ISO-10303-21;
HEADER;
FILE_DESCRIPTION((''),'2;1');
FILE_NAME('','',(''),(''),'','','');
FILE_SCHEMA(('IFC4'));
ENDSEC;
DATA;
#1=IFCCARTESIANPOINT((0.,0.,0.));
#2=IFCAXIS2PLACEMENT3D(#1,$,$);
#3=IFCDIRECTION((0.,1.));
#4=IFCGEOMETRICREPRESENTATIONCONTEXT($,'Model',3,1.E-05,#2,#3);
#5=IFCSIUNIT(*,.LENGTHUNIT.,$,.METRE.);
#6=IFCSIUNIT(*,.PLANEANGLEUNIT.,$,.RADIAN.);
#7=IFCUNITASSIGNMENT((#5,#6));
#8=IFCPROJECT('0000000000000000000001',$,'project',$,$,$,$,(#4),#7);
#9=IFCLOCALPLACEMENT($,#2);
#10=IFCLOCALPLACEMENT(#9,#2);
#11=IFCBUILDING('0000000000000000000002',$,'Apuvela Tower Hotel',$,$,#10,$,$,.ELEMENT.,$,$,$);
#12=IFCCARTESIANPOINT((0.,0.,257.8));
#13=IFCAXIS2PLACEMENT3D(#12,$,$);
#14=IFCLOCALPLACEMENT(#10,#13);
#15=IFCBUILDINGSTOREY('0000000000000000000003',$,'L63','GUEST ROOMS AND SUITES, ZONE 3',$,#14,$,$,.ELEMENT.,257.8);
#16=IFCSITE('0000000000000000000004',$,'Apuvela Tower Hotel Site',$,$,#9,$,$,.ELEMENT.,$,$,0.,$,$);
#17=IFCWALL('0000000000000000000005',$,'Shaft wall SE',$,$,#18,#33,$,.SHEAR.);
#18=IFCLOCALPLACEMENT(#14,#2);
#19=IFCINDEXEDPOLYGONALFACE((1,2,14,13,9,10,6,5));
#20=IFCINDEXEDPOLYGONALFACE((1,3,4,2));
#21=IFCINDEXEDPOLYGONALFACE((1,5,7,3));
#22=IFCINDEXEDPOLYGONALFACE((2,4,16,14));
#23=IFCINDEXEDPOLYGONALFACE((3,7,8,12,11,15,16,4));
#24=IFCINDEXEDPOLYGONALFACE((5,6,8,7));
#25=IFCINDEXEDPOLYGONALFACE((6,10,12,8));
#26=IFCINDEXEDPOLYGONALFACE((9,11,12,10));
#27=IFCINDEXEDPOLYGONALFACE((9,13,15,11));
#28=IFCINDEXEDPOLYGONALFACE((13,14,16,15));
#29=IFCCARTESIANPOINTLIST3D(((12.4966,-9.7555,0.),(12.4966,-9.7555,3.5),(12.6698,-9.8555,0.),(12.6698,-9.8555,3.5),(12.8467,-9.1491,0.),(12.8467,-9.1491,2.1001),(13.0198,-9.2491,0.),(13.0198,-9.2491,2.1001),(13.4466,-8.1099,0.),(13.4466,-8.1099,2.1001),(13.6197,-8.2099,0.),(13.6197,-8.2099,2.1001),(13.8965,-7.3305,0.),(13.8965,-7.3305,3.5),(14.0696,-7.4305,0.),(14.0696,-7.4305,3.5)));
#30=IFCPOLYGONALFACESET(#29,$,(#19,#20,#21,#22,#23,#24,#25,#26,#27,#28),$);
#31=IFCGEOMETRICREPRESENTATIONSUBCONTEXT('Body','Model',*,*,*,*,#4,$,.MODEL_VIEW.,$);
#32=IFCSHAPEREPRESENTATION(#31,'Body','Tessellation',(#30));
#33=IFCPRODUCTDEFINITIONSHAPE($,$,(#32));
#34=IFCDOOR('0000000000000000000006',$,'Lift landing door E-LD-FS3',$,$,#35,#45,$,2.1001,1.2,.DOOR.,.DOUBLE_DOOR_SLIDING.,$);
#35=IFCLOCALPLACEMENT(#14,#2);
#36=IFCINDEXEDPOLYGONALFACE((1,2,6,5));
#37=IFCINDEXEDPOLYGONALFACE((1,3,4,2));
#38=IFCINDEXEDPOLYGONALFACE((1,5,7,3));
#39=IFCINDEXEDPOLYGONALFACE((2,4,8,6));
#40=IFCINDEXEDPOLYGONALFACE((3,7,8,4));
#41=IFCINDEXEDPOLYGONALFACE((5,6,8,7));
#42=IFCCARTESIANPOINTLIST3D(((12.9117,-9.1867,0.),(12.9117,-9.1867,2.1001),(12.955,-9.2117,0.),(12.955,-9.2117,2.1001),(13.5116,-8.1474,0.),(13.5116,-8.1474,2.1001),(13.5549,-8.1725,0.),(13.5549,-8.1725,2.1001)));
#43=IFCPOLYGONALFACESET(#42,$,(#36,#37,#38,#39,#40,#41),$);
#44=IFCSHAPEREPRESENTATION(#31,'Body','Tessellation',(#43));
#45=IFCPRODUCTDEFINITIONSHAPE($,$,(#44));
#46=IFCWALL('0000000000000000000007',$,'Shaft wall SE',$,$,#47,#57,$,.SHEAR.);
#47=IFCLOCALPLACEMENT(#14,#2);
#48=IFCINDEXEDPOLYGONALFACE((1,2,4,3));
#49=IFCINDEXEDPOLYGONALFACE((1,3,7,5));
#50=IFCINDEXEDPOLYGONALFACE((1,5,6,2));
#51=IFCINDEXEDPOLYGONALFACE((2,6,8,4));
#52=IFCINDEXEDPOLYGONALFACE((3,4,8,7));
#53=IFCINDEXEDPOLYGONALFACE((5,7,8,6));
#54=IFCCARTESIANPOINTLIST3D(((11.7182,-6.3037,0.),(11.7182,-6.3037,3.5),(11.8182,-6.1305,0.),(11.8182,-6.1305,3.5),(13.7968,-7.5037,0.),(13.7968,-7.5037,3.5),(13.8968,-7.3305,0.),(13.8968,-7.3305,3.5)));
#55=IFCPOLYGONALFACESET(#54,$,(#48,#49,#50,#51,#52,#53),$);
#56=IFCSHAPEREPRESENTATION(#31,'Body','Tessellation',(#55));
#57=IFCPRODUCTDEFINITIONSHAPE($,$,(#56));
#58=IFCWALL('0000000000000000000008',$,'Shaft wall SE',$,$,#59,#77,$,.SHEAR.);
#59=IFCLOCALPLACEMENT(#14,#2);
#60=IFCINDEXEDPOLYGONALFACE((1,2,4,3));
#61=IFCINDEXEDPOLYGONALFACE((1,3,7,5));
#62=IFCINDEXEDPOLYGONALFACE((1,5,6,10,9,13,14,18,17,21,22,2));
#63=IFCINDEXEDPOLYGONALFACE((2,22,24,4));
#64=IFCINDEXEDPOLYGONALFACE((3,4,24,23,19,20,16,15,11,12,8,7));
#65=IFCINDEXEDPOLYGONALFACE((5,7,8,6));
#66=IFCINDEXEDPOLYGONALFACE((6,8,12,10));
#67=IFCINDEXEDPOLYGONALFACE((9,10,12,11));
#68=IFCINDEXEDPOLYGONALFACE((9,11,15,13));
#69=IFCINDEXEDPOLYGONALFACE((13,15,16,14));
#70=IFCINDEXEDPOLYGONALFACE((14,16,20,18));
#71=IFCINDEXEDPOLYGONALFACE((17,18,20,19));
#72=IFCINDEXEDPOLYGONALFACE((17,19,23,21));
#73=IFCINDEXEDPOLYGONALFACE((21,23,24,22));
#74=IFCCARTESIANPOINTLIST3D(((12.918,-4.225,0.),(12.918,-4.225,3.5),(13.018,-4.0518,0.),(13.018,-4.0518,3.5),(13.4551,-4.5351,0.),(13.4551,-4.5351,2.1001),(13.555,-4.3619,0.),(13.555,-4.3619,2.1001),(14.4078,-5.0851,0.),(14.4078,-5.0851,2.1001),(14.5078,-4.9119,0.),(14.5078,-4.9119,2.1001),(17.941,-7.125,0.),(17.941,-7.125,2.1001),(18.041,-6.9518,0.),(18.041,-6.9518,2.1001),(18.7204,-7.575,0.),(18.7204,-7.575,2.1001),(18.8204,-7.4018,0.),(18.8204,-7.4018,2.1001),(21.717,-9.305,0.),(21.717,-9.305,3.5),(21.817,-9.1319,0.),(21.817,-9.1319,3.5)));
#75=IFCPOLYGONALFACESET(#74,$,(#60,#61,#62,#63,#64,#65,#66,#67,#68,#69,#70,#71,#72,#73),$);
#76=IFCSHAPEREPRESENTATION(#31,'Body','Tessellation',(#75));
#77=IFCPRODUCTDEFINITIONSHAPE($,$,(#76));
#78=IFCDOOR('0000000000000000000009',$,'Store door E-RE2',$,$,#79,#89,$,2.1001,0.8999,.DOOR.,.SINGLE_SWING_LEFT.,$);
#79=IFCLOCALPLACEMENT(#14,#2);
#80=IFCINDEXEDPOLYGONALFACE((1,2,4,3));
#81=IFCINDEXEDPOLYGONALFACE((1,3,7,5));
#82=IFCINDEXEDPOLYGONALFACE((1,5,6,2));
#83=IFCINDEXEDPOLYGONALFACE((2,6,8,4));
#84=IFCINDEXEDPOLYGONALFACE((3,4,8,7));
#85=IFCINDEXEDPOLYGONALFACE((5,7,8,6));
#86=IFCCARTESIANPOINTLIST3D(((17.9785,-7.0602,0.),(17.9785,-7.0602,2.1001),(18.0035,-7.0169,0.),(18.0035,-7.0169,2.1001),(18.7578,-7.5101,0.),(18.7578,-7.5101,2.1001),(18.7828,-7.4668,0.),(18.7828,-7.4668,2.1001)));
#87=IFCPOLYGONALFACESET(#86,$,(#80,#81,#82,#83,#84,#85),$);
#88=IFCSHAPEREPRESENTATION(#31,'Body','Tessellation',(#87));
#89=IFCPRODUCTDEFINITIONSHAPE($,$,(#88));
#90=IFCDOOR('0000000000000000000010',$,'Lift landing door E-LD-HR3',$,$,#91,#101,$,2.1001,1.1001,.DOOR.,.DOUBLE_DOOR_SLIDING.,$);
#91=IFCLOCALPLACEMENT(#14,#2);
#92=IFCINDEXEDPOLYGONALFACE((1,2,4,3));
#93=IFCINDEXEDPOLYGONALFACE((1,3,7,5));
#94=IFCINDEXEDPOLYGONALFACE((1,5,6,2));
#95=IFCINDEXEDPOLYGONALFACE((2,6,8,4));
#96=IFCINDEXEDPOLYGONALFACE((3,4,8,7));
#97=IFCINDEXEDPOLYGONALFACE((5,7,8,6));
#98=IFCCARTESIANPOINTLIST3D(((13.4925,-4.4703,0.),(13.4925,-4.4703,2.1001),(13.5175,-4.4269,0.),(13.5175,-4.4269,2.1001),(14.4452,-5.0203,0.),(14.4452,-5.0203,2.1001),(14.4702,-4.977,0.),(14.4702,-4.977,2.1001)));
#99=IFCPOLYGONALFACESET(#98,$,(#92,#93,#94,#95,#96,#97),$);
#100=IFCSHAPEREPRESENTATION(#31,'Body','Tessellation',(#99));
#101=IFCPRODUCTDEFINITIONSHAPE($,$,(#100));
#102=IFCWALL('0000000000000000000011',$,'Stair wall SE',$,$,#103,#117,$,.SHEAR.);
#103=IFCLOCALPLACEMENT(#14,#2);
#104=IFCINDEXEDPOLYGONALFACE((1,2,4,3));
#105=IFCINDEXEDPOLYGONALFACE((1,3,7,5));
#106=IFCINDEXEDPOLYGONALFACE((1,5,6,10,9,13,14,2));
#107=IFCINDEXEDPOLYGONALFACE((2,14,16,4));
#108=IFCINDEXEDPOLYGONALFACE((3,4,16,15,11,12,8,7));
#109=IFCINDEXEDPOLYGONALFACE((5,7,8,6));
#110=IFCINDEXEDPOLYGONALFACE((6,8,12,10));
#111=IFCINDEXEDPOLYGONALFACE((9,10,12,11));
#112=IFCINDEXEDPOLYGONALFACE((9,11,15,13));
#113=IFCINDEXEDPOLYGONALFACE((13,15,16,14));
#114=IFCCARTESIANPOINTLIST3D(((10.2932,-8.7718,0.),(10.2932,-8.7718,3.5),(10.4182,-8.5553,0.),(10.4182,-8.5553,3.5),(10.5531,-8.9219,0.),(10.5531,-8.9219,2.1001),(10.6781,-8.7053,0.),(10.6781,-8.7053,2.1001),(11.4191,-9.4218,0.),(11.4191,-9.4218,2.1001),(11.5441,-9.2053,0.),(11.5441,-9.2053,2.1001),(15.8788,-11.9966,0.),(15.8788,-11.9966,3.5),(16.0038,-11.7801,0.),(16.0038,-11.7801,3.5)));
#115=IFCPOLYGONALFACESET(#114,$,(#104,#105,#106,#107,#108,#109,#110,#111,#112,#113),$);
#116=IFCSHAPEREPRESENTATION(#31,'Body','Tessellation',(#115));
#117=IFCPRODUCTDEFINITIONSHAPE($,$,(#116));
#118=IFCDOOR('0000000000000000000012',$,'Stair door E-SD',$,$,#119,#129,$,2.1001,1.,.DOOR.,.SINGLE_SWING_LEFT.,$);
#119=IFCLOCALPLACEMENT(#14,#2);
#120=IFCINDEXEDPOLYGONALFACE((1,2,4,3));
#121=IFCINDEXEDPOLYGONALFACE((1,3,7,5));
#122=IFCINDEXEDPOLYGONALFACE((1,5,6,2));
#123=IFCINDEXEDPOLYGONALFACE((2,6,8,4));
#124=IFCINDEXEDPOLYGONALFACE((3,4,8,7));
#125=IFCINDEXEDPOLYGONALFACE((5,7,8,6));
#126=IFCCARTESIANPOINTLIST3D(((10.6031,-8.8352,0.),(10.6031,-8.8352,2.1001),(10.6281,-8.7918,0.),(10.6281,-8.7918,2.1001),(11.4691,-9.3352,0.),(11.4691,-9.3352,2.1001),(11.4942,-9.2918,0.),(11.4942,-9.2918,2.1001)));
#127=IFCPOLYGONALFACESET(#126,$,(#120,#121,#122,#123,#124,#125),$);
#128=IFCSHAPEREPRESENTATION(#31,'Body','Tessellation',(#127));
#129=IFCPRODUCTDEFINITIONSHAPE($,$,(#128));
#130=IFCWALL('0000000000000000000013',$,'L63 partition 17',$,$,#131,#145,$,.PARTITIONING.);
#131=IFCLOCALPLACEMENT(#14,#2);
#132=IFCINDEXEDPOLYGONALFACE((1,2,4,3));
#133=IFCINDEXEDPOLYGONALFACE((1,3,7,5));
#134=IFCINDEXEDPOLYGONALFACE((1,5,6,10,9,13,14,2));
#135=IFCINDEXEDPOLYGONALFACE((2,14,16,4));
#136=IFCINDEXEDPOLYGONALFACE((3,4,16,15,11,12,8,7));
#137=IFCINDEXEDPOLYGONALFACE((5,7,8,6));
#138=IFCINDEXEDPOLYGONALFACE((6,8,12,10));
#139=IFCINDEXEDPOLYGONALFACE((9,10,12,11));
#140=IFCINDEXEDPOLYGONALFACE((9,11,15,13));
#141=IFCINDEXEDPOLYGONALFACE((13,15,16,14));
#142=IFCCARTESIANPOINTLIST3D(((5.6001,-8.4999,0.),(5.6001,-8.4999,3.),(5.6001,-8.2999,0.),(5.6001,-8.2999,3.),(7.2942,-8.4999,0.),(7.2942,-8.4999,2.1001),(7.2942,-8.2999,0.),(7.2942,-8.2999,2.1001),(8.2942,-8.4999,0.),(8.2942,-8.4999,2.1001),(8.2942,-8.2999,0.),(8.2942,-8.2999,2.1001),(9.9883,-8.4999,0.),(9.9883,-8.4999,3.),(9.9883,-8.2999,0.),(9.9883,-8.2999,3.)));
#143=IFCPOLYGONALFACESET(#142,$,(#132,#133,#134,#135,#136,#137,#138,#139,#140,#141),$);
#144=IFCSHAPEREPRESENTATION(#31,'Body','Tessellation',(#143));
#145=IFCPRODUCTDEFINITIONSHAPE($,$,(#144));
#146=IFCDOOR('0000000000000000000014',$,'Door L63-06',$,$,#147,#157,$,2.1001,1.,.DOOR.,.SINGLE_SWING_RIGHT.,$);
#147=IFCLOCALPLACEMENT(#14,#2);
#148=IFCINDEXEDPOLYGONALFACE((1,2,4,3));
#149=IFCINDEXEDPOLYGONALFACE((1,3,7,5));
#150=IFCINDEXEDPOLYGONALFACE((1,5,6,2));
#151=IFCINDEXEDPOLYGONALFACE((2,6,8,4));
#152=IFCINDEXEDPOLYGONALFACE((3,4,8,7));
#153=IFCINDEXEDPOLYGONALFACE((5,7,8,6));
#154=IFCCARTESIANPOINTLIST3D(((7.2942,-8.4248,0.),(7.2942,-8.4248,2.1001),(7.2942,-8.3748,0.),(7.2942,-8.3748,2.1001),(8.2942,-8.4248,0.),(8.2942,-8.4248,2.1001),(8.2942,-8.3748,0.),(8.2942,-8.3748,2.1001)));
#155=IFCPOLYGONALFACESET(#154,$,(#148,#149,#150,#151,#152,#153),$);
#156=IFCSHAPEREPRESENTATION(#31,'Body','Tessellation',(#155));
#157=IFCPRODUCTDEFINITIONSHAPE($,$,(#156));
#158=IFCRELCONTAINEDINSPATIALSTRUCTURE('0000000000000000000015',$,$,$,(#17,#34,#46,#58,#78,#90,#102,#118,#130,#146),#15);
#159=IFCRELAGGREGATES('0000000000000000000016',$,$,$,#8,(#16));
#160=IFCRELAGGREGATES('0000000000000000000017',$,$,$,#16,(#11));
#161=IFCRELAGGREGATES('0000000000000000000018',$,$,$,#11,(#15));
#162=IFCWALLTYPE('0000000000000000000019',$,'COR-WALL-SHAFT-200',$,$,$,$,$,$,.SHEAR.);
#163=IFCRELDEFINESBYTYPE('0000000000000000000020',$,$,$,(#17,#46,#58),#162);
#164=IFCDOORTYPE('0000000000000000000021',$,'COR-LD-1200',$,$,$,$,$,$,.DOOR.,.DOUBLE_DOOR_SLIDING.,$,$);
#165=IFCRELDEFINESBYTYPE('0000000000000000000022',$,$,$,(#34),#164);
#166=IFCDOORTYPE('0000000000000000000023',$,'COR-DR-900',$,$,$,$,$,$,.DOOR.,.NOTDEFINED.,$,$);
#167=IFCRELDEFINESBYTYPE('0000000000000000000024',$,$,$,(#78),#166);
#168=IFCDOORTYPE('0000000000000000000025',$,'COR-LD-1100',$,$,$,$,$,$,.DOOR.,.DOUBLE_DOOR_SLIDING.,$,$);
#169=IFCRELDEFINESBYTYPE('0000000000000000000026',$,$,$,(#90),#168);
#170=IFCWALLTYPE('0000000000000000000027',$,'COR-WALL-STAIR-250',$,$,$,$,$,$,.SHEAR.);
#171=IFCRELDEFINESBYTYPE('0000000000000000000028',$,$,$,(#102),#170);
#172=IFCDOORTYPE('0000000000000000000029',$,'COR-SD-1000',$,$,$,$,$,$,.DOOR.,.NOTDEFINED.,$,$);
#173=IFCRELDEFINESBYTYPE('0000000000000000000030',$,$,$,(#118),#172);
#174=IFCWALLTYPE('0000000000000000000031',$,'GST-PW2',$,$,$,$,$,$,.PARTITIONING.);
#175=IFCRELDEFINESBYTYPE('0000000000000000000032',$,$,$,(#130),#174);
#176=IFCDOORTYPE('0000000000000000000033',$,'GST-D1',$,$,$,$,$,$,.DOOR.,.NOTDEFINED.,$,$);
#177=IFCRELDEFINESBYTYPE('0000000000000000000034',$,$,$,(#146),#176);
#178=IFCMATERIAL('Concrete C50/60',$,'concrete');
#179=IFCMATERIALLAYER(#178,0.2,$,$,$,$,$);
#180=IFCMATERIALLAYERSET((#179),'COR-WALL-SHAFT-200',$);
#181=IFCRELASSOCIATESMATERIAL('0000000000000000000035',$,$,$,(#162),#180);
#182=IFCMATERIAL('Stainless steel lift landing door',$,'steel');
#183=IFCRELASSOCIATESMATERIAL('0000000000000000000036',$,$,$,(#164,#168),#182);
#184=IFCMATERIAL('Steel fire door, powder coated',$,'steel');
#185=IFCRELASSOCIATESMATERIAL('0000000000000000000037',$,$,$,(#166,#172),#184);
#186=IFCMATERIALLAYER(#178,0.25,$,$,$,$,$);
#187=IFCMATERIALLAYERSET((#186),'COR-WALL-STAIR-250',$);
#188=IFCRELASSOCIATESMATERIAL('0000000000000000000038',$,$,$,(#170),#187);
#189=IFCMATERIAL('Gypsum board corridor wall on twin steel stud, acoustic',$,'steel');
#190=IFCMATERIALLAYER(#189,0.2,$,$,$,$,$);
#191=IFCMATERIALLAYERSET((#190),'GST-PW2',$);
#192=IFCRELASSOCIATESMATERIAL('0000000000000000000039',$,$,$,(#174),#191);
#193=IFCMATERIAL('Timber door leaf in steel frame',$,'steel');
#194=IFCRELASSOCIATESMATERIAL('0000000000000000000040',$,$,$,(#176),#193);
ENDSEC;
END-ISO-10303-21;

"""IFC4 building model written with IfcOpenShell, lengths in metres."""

from ifc_helpers import new_model, si_unit, direction, frame, frame_2d, origin, place, context, subcontext, project, spatial, rectangle, extrude, material, layer, layer_set, type_object, element, fill, save


model = new_model("IFC4")

# Units and contexts
model_context = context("Model", 3, precision=1e-05, world=origin(), true_north=direction((0.0, 1.0)))
body_context = subcontext(model_context, "Body", "Model", "MODEL_VIEW")
ifc_project = project(units=[si_unit("LENGTHUNIT", "METRE"), si_unit("PLANEANGLEUNIT", "RADIAN")], contexts=[model_context])

# Site, building, storey
site_placement = place(None, origin())
site = spatial("IfcSite", under=ifc_project, at=site_placement, Name="Apuvela Tower Hotel Site", CompositionType="ELEMENT", RefElevation=0.0)
building_placement = place(site_placement, origin())
building = spatial("IfcBuilding", under=site, at=building_placement, Name="Apuvela Tower Hotel", CompositionType="ELEMENT")
storey_placement = place(building_placement, frame((0.0, 0.0, 257.8)))
storey = spatial("IfcBuildingStorey", under=building, at=storey_placement, Name="L63", Description="GUEST ROOMS AND SUITES, ZONE 3", CompositionType="ELEMENT", Elevation=257.8)

# Shared definitions
ifc_material_1 = material(Name="Concrete C50/60", Category="concrete")

# Shared definitions
ifc_material_2 = material(Name="Steel fire door, powder coated", Category="steel")

# Wall, opening, door
ifc_layer_1 = layer(ifc_material_1, 0.2)
ifc_layer_set_1 = layer_set([ifc_layer_1], Name="COR-WALL-SHAFT-200")
wall_type_1 = type_object("IfcWallType", Name="COR-WALL-SHAFT-200", PredefinedType="SHEAR", material=ifc_layer_set_1)
wall_1_placement = place(storey_placement, frame((12.5833, -9.8054, 0.0), z_axis=(0.0, 0.0, 1.0), x_axis=(0.499946, 0.866056, 0.0)))
wall_1 = element("IfcWall", 1, at=wall_1_placement, inside=storey, type_object=wall_type_1, Name="Shaft wall SE", PredefinedType="SHEAR", context=body_context, shape_type="SweptSolid", body=[
    extrude(rectangle(XDim=2.8, YDim=0.2, at=frame_2d((1.3999, 0.0))), origin(), (0.0, 0.0, 1.0), 3.5),
])
opening_1_placement = place(wall_1_placement, frame((0.7, 0.0, 0.0)))
opening_1 = element("IfcOpeningElement", 2, at=opening_1_placement, cuts=wall_1, PredefinedType="OPENING", context=body_context, shape_type="SweptSolid", body=[
    extrude(rectangle(XDim=1.2, YDim=2.1001, at=frame_2d((0.6001, 1.05))), frame((0.0, 0.1099, 0.0), z_axis=(0.0, -1.0, 0.0), x_axis=(1.0, 0.0, 0.0)), (0.0, 0.0, 1.0), 0.22),
])
ifc_material_3 = material(Name="Stainless steel lift landing door", Category="steel")
door_type_1 = type_object("IfcDoorType", Name="COR-LD-1200", OperationType="DOUBLE_DOOR_SLIDING", PredefinedType="DOOR", material=ifc_material_3)
door_1_placement = place(opening_1_placement, origin())
door_1 = element("IfcDoor", 3, at=door_1_placement, inside=storey, type_object=door_type_1, Name="Lift landing door E-LD-FS3", OperationType="DOUBLE_DOOR_SLIDING", OverallHeight=2.1001, OverallWidth=1.2, PredefinedType="DOOR", context=body_context, shape_type="SweptSolid", body=[
    extrude(rectangle(XDim=1.2, YDim=2.1001, at=frame_2d((0.6001, 1.05))), frame((0.0, 0.0249, 0.0), z_axis=(0.0, -1.0, 0.0), x_axis=(1.0, 0.0, 0.0)), (0.0, 0.0, 1.0), 0.05),
])
fill(opening_1, door_1)

# Wall
wall_2_placement = place(storey_placement, frame((11.7681, -6.217, 0.0), z_axis=(0.0, 0.0, 1.0), x_axis=(0.86605, -0.499957, 0.0)))
element("IfcWall", 4, at=wall_2_placement, inside=storey, type_object=wall_type_1, Name="Shaft wall SE", PredefinedType="SHEAR", context=body_context, shape_type="SweptSolid", body=[
    extrude(rectangle(XDim=2.4001, YDim=0.2, at=frame_2d((1.2002, 0.0))), origin(), (0.0, 0.0, 1.0), 3.5),
])

# Wall, openings, doors
wall_3_placement = place(storey_placement, frame((12.968, -4.1384, 0.0), z_axis=(0.0, 0.0, 1.0), x_axis=(0.866028, -0.499995, 0.0)))
wall_3 = element("IfcWall", 5, at=wall_3_placement, inside=storey, type_object=wall_type_1, Name="Shaft wall SE", PredefinedType="SHEAR", context=body_context, shape_type="SweptSolid", body=[
    extrude(rectangle(XDim=10.1602, YDim=0.2, at=frame_2d((5.0801, 0.0))), origin(), (0.0, 0.0, 1.0), 3.5),
])
opening_2_placement = place(wall_3_placement, frame((0.6201, 0.0, 0.0)))
opening_2 = element("IfcOpeningElement", 6, at=opening_2_placement, cuts=wall_3, PredefinedType="OPENING", context=body_context, shape_type="SweptSolid", body=[
    extrude(rectangle(XDim=1.1001, YDim=2.1001, at=frame_2d((0.55, 1.05))), frame((0.0, 0.1099, 0.0), z_axis=(0.0, -1.0, 0.0), x_axis=(1.0, 0.0, 0.0)), (0.0, 0.0, 1.0), 0.22),
])
opening_3_placement = place(wall_3_placement, frame((5.8, 0.0, 0.0)))
opening_3 = element("IfcOpeningElement", 7, at=opening_3_placement, cuts=wall_3, PredefinedType="OPENING", context=body_context, shape_type="SweptSolid", body=[
    extrude(rectangle(XDim=0.8999, YDim=2.1001, at=frame_2d((0.45, 1.05))), frame((0.0, 0.1099, 0.0), z_axis=(0.0, -1.0, 0.0), x_axis=(1.0, 0.0, 0.0)), (0.0, 0.0, 1.0), 0.22),
])
door_type_2 = type_object("IfcDoorType", Name="COR-DR-900", OperationType="NOTDEFINED", PredefinedType="DOOR", material=ifc_material_2)
door_2_placement = place(opening_3_placement, origin())
door_2 = element("IfcDoor", 8, at=door_2_placement, inside=storey, type_object=door_type_2, Name="Store door E-RE2", OperationType="SINGLE_SWING_LEFT", OverallHeight=2.1001, OverallWidth=0.8999, PredefinedType="DOOR", context=body_context, shape_type="SweptSolid", body=[
    extrude(rectangle(XDim=0.8999, YDim=2.1001, at=frame_2d((0.45, 1.05))), frame((0.0, 0.0249, 0.0), z_axis=(0.0, -1.0, 0.0), x_axis=(1.0, 0.0, 0.0)), (0.0, 0.0, 1.0), 0.05),
])
fill(opening_3, door_2)
door_type_3 = type_object("IfcDoorType", Name="COR-LD-1100", OperationType="DOUBLE_DOOR_SLIDING", PredefinedType="DOOR", material=ifc_material_3)
door_3_placement = place(opening_2_placement, origin())
door_3 = element("IfcDoor", 9, at=door_3_placement, inside=storey, type_object=door_type_3, Name="Lift landing door E-LD-HR3", OperationType="DOUBLE_DOOR_SLIDING", OverallHeight=2.1001, OverallWidth=1.1001, PredefinedType="DOOR", context=body_context, shape_type="SweptSolid", body=[
    extrude(rectangle(XDim=1.1001, YDim=2.1001, at=frame_2d((0.55, 1.05))), frame((0.0, 0.0249, 0.0), z_axis=(0.0, -1.0, 0.0), x_axis=(1.0, 0.0, 0.0)), (0.0, 0.0, 1.0), 0.05),
])
fill(opening_2, door_3)

# Walls, openings, doors
ifc_layer_2 = layer(ifc_material_1, 0.25)
ifc_layer_set_2 = layer_set([ifc_layer_2], Name="COR-WALL-STAIR-250")
wall_type_2 = type_object("IfcWallType", Name="COR-WALL-STAIR-250", PredefinedType="SHEAR", material=ifc_layer_set_2)
wall_4_placement = place(storey_placement, frame((10.3557, -8.6636, 0.0), z_axis=(0.0, 0.0, 1.0), x_axis=(0.866029, -0.499994, 0.0)))
wall_4 = element("IfcWall", 10, at=wall_4_placement, inside=storey, type_object=wall_type_2, Name="Stair wall SE", PredefinedType="SHEAR", context=body_context, shape_type="SweptSolid", body=[
    extrude(rectangle(XDim=6.4497, YDim=0.25, at=frame_2d((3.2249, 0.0))), origin(), (0.0, 0.0, 1.0), 3.5),
])
opening_4_placement = place(wall_4_placement, frame((0.3, 0.0, 0.0)))
opening_4 = element("IfcOpeningElement", 11, at=opening_4_placement, cuts=wall_4, PredefinedType="OPENING", context=body_context, shape_type="SweptSolid", body=[
    extrude(rectangle(XDim=1.0, YDim=2.1001, at=frame_2d((0.5, 1.05))), frame((0.0, 0.135, 0.0), z_axis=(0.0, -1.0, 0.0), x_axis=(1.0, 0.0, 0.0)), (0.0, 0.0, 1.0), 0.27),
])
door_type_4 = type_object("IfcDoorType", Name="COR-SD-1000", OperationType="NOTDEFINED", PredefinedType="DOOR", material=ifc_material_2)
door_4_placement = place(opening_4_placement, frame((1.0, 0.0, 0.0), z_axis=(0.0, 0.0, 1.0), x_axis=(-1.0, 0.0, 0.0)))
door_4 = element("IfcDoor", 12, at=door_4_placement, inside=storey, type_object=door_type_4, Name="Stair door E-SD", OperationType="SINGLE_SWING_LEFT", OverallHeight=2.1001, OverallWidth=1.0, PredefinedType="DOOR", context=body_context, shape_type="SweptSolid", body=[
    extrude(rectangle(XDim=1.0, YDim=2.1001, at=frame_2d((0.5, 1.05))), frame((0.0, 0.0249, 0.0), z_axis=(0.0, -1.0, 0.0), x_axis=(1.0, 0.0, 0.0)), (0.0, 0.0, 1.0), 0.05),
])
fill(opening_4, door_4)
ifc_material_4 = material(Name="Gypsum board corridor wall on twin steel stud, acoustic", Category="steel")
ifc_layer_3 = layer(ifc_material_4, 0.2)
ifc_layer_set_3 = layer_set([ifc_layer_3], Name="GST-PW2")
wall_type_3 = type_object("IfcWallType", Name="GST-PW2", PredefinedType="PARTITIONING", material=ifc_layer_set_3)
wall_5_placement = place(storey_placement, frame((9.9883, -8.3999, 0.0), z_axis=(0.0, 0.0, 1.0), x_axis=(-1.0, 0.0, 0.0)))
wall_5 = element("IfcWall", 13, at=wall_5_placement, inside=storey, type_object=wall_type_3, Name="L63 partition 17", PredefinedType="PARTITIONING", context=body_context, shape_type="SweptSolid", body=[
    extrude(rectangle(XDim=4.3882, YDim=0.2, at=frame_2d((2.1941, 0.0))), origin(), (0.0, 0.0, 1.0), 3.0),
])
opening_5_placement = place(wall_5_placement, frame((1.6941, 0.0, 0.0)))
opening_5 = element("IfcOpeningElement", 14, at=opening_5_placement, cuts=wall_5, PredefinedType="OPENING", context=body_context, shape_type="SweptSolid", body=[
    extrude(rectangle(XDim=1.0, YDim=2.1001, at=frame_2d((0.5, 1.05))), frame((0.0, 0.1099, 0.0), z_axis=(0.0, -1.0, 0.0), x_axis=(1.0, 0.0, 0.0)), (0.0, 0.0, 1.0), 0.22),
])
ifc_material_5 = material(Name="Timber door leaf in steel frame", Category="steel")
door_type_5 = type_object("IfcDoorType", Name="GST-D1", OperationType="NOTDEFINED", PredefinedType="DOOR", material=ifc_material_5)
door_5_placement = place(opening_5_placement, origin())
door_5 = element("IfcDoor", 15, at=door_5_placement, inside=storey, type_object=door_type_5, Name="Door L63-06", OperationType="SINGLE_SWING_RIGHT", OverallHeight=2.1001, OverallWidth=1.0, PredefinedType="DOOR", context=body_context, shape_type="SweptSolid", body=[
    extrude(rectangle(XDim=1.0, YDim=2.1001, at=frame_2d((0.5, 1.05))), frame((0.0, 0.0249, 0.0), z_axis=(0.0, -1.0, 0.0), x_axis=(1.0, 0.0, 0.0)), (0.0, 0.0, 1.0), 0.05),
])
fill(opening_5, door_5)

save(model, "model.ifc")
